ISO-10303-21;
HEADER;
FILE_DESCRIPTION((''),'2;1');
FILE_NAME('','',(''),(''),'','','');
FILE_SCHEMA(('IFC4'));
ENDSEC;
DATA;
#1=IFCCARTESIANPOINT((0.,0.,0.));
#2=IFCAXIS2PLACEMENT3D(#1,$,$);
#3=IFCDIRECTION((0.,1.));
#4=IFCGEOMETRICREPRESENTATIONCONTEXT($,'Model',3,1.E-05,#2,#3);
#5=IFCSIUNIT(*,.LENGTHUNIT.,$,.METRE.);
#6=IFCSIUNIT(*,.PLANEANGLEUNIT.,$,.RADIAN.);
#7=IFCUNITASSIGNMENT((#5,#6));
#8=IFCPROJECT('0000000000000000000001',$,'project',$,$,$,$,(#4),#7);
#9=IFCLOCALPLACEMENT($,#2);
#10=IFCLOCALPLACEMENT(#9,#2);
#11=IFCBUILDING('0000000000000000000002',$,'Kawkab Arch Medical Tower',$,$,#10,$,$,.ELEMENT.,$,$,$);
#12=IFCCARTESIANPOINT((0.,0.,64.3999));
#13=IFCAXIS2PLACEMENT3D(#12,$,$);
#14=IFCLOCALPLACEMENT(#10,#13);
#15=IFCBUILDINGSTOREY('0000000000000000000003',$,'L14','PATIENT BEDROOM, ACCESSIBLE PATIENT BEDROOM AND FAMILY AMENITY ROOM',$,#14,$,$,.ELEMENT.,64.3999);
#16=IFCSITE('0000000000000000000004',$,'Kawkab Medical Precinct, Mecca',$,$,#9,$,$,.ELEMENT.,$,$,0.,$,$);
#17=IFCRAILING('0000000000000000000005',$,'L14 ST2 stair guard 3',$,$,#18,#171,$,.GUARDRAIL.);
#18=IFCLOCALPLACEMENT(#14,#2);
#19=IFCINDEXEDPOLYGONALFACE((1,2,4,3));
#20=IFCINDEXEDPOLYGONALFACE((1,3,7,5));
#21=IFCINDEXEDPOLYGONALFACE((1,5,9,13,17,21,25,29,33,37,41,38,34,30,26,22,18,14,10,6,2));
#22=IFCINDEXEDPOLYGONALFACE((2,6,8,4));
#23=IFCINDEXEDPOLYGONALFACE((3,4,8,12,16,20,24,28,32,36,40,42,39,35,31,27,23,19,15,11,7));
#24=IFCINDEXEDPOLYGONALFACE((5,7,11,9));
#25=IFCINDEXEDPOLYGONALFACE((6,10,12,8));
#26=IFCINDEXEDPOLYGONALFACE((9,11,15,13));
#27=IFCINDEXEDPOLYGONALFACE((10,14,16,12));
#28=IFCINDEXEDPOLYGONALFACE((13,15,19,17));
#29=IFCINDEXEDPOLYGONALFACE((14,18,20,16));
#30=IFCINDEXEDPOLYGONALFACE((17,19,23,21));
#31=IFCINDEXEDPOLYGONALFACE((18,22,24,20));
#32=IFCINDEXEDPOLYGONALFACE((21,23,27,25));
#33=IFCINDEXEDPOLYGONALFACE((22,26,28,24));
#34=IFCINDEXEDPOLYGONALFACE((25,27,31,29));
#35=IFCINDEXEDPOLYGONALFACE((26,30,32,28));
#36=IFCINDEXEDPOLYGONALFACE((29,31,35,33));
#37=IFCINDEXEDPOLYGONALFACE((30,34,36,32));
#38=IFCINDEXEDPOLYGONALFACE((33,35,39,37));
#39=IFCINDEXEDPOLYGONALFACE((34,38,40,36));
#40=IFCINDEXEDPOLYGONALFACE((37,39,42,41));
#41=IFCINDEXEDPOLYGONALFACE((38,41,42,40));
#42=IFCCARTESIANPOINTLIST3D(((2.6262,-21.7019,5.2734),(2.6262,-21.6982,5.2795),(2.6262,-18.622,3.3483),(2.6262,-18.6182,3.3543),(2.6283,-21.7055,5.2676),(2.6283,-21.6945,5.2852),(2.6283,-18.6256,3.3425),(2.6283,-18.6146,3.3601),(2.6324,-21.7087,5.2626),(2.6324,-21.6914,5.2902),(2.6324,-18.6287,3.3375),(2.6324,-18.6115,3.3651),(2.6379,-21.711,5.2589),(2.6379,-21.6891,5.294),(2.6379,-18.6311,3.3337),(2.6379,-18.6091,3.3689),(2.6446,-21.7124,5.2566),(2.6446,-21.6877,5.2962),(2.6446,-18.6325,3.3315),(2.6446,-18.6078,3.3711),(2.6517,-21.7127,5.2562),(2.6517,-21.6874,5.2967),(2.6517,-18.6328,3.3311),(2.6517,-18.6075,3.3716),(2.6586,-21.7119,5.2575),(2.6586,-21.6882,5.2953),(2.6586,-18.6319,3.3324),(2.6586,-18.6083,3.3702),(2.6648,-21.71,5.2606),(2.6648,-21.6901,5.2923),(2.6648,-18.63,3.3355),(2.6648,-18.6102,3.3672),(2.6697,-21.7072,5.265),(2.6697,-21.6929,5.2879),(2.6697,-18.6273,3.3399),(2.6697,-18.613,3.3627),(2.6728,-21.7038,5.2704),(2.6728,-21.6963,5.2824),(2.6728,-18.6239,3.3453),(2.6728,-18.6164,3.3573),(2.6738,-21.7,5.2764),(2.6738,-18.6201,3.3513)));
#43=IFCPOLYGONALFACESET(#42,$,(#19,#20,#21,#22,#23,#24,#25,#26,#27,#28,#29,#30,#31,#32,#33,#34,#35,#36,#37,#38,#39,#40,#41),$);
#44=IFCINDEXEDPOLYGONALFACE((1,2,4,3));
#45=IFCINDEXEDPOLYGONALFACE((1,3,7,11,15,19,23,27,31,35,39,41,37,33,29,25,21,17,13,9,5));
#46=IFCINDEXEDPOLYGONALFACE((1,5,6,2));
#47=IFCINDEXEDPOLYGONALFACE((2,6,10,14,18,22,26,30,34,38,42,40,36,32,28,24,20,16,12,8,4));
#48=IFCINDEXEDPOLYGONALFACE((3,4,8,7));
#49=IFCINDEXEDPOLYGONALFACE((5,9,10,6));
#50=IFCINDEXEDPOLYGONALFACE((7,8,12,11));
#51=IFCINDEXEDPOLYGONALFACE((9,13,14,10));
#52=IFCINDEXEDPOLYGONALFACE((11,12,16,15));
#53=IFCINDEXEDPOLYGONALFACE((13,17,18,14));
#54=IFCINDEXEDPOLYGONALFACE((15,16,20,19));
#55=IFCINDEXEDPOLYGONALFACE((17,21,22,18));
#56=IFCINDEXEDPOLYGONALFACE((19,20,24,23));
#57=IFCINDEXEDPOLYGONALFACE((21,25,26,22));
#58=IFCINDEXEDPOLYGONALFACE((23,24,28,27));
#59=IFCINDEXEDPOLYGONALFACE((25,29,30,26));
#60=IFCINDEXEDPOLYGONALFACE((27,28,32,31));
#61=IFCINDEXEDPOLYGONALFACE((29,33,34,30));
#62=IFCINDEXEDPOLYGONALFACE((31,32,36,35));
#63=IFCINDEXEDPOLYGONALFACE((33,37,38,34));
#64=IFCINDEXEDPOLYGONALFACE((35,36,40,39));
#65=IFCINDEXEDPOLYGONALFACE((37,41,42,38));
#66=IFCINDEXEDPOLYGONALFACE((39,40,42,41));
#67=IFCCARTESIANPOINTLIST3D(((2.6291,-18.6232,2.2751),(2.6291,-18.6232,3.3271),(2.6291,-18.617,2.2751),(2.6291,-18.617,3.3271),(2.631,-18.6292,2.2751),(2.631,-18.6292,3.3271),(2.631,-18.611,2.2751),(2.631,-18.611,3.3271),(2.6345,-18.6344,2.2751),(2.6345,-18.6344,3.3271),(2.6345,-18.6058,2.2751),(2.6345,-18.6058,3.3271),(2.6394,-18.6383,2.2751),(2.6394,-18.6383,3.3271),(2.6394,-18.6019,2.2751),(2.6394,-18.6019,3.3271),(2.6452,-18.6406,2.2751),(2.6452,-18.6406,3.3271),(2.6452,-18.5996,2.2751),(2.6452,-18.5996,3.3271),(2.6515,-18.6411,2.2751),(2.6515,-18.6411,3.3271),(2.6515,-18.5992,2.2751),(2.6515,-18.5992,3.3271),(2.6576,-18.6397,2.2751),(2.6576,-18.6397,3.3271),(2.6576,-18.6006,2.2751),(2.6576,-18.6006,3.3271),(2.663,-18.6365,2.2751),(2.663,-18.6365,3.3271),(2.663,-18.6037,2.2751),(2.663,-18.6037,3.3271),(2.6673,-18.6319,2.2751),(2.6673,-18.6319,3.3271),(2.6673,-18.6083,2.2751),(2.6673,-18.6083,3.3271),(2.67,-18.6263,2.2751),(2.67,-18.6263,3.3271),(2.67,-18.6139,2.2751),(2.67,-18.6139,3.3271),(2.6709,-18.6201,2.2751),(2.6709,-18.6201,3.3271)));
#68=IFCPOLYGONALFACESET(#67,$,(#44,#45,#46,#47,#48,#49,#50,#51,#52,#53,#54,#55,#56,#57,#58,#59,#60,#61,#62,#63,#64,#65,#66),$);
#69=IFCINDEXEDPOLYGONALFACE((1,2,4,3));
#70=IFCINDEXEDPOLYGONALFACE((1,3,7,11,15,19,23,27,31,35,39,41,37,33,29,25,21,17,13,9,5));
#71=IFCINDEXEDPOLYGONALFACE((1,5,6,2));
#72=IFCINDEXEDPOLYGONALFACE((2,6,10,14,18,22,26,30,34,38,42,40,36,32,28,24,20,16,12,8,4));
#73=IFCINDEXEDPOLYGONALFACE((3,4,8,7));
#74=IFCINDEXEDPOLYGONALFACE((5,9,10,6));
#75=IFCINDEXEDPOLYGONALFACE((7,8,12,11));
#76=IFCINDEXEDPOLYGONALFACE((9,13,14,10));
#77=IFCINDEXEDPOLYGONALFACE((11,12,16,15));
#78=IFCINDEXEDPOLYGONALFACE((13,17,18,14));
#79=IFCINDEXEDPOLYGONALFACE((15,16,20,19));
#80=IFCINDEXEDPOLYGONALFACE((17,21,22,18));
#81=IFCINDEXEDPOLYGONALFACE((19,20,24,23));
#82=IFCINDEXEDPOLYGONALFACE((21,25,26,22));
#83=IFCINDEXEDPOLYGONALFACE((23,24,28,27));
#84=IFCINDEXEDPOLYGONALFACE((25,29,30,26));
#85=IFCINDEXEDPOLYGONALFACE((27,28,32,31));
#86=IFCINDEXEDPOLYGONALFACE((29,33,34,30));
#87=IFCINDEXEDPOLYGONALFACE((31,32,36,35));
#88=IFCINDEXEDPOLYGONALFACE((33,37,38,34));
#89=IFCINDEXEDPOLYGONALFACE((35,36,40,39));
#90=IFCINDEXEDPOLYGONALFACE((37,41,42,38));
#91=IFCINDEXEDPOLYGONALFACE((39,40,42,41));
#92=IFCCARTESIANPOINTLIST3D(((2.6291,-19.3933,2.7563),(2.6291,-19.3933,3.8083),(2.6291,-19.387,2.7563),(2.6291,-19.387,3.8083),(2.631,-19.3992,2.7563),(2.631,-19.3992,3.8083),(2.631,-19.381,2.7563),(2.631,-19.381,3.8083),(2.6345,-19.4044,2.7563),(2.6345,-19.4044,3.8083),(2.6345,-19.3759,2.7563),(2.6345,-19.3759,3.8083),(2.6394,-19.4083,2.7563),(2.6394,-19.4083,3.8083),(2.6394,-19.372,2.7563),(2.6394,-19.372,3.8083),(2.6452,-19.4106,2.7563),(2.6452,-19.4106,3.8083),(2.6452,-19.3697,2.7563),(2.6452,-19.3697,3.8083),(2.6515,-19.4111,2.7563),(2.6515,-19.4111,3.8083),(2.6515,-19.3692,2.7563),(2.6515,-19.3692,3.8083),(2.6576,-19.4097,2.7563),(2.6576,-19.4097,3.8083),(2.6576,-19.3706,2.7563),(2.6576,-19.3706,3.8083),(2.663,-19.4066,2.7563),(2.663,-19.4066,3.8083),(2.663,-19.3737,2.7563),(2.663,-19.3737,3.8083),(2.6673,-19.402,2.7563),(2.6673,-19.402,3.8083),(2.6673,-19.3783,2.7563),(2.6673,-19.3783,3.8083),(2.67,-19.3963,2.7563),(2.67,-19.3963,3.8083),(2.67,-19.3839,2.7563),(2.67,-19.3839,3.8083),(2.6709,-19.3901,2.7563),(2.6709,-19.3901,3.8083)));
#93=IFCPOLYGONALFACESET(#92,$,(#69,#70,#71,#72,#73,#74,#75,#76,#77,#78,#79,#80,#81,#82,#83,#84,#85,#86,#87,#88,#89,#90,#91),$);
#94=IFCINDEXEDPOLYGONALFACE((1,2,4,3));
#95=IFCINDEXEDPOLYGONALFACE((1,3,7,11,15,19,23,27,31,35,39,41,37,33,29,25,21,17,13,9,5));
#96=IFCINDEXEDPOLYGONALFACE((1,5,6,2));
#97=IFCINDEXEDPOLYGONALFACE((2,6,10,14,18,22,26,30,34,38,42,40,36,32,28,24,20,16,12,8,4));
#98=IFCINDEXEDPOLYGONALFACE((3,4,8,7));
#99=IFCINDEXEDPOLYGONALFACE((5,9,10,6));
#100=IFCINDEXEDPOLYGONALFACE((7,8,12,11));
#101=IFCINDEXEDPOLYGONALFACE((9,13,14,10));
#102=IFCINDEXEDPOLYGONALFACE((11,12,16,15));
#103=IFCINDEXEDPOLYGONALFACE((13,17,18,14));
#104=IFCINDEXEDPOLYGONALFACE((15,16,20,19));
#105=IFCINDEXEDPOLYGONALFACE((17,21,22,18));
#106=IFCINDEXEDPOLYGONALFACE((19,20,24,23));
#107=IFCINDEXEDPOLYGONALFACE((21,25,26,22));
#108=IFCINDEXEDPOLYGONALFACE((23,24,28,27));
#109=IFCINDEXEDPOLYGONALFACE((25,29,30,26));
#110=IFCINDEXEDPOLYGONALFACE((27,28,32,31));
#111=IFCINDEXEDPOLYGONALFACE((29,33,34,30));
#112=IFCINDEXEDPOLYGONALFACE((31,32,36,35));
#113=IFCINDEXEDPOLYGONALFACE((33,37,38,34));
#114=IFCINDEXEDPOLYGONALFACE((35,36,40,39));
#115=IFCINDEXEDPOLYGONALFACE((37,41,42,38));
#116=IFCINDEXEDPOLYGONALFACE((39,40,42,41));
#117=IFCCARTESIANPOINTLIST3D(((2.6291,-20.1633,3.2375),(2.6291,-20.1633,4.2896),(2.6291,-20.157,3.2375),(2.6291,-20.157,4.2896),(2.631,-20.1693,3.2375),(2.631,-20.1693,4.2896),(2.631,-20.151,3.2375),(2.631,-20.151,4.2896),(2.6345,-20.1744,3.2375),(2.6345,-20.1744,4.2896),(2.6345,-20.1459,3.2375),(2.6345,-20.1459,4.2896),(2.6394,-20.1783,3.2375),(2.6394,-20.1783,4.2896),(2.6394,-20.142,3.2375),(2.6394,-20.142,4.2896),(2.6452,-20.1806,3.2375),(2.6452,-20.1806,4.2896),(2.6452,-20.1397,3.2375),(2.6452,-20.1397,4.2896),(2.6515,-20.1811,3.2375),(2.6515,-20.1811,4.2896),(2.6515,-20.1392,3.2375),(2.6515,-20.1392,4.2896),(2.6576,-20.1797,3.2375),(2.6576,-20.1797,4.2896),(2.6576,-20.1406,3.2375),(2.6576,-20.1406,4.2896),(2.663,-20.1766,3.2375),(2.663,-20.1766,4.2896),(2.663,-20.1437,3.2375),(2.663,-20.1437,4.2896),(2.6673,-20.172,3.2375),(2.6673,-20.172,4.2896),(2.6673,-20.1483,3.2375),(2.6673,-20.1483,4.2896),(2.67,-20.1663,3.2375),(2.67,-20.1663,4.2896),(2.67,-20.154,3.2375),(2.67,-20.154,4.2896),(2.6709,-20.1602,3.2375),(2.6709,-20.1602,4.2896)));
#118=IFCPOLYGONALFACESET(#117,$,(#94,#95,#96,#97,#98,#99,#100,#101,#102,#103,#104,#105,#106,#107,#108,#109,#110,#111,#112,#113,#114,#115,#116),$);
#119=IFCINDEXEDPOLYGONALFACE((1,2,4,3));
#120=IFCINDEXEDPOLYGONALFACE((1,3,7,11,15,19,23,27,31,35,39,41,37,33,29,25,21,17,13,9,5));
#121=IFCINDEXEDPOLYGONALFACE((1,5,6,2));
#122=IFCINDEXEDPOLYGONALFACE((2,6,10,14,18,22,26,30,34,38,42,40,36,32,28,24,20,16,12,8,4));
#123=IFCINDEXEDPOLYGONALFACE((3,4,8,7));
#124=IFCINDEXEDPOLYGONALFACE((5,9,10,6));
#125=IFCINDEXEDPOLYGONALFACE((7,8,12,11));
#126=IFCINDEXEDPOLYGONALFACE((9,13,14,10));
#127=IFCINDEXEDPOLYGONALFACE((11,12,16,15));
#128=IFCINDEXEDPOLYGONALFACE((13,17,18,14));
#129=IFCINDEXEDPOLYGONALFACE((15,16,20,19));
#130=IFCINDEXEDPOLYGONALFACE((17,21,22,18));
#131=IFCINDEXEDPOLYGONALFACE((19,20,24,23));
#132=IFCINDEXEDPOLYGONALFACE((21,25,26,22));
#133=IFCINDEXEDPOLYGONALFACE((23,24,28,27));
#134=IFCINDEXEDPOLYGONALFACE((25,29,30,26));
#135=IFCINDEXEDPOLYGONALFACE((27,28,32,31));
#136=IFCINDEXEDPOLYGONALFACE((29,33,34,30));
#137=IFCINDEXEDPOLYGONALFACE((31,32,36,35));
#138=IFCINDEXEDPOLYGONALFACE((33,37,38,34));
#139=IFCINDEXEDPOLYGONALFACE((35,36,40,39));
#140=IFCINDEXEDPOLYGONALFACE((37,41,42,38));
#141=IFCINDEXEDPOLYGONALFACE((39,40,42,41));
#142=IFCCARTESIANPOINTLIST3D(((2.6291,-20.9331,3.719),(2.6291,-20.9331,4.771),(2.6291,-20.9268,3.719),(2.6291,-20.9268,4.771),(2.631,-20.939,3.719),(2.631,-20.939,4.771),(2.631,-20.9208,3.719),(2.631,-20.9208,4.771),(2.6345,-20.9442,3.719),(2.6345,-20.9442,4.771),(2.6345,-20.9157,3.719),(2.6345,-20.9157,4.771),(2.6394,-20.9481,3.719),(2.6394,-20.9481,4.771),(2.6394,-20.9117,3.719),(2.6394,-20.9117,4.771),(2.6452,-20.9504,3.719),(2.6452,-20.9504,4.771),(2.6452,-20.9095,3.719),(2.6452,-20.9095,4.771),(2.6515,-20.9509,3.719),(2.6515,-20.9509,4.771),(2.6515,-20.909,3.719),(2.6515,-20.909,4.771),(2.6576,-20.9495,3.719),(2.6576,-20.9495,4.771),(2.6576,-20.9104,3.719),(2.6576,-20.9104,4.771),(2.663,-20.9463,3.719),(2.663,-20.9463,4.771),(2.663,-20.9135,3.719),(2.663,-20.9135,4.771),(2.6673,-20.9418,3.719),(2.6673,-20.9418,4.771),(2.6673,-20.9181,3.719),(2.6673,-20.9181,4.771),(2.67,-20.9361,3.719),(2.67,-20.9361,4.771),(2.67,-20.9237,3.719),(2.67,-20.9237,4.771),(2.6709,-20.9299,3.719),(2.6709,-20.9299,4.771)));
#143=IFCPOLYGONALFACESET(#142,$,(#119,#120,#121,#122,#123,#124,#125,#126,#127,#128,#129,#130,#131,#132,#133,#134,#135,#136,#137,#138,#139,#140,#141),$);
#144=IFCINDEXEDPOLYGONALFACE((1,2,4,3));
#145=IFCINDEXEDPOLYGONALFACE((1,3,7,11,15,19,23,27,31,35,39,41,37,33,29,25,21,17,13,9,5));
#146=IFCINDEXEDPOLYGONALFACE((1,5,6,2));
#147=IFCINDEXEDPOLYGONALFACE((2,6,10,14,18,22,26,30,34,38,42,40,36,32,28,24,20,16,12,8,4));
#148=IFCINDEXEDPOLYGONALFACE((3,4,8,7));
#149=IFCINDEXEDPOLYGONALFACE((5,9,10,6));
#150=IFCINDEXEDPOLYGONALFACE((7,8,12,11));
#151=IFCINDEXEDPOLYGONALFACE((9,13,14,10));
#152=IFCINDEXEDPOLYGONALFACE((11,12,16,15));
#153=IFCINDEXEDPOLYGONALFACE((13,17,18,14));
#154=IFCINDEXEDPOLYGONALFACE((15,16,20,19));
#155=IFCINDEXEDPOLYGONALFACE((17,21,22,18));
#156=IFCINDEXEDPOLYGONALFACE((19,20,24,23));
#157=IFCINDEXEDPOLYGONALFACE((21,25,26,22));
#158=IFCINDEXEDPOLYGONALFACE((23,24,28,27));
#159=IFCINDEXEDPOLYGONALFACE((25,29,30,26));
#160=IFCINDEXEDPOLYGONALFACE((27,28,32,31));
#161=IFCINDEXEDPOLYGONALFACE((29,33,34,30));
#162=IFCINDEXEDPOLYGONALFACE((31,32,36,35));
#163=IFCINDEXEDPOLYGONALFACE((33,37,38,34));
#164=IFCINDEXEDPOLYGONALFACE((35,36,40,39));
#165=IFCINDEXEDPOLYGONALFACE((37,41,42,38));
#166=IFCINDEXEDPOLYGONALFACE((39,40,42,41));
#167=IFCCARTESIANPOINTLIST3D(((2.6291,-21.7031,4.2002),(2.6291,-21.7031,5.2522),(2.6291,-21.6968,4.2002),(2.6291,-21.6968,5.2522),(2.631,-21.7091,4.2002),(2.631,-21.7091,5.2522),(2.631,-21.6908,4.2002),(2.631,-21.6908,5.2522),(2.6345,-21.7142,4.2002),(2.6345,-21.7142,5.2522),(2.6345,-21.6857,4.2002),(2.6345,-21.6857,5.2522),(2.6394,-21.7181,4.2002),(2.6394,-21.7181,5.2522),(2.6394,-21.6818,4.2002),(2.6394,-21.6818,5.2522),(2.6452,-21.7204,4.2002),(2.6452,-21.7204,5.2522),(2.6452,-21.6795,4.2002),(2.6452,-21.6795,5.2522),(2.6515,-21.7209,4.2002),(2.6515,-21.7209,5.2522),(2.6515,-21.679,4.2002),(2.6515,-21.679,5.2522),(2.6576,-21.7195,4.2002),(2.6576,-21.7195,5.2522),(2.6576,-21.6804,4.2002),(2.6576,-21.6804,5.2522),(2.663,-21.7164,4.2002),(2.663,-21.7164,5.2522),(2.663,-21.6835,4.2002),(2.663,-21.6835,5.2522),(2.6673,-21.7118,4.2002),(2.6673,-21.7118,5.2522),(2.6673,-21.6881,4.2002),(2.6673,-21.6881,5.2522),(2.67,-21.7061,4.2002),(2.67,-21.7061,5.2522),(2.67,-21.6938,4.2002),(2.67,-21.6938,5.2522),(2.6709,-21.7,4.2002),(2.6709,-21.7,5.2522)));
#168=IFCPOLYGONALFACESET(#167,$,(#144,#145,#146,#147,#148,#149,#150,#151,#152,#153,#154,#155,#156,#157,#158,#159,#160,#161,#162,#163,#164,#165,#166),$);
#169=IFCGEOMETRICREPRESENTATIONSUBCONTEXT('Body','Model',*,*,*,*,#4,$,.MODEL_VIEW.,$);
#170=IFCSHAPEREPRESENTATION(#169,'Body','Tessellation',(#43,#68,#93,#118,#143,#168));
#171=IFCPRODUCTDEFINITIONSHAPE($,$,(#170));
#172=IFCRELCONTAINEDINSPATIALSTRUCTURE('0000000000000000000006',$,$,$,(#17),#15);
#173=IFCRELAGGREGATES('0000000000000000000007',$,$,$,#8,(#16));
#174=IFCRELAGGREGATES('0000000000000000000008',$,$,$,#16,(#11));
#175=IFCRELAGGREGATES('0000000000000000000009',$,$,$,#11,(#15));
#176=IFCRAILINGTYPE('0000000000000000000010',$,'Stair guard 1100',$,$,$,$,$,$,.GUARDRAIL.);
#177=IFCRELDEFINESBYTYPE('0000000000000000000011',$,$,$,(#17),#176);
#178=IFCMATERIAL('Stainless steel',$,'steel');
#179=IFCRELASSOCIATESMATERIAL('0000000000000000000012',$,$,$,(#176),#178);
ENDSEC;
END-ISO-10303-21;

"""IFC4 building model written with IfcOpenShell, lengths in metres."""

from ifc_helpers import new_model, si_unit, direction, frame, origin, origin_2d, place, context, subcontext, project, spatial, circle, extrude, material, type_object, element, save


model = new_model("IFC4")

# Units and contexts
model_context = context("Model", 3, precision=1e-05, world=origin(), true_north=direction((0.0, 1.0)))
body_context = subcontext(model_context, "Body", "Model", "MODEL_VIEW")
ifc_project = project(units=[si_unit("LENGTHUNIT", "METRE"), si_unit("PLANEANGLEUNIT", "RADIAN")], contexts=[model_context])

# Site, building, storey
site_placement = place(None, origin())
site = spatial("IfcSite", under=ifc_project, at=site_placement, Name="Kawkab Medical Precinct, Mecca", CompositionType="ELEMENT", RefElevation=0.0)
building_placement = place(site_placement, origin())
building = spatial("IfcBuilding", under=site, at=building_placement, Name="Kawkab Arch Medical Tower", CompositionType="ELEMENT")
storey_placement = place(building_placement, frame((0.0, 0.0, 64.3999)))
storey = spatial("IfcBuildingStorey", under=building, at=storey_placement, Name="L14", Description="PATIENT BEDROOM, ACCESSIBLE PATIENT BEDROOM AND FAMILY AMENITY ROOM", CompositionType="ELEMENT", Elevation=64.3999)

# Railing
ifc_material_1 = material(Name="Stainless steel", Category="steel")
railing_type_1 = type_object("IfcRailingType", Name="Stair guard 1100", PredefinedType="GUARDRAIL", material=ifc_material_1)
railing_1_placement = place(storey_placement, frame((2.6499, -18.6201, 2.2751)))
element("IfcRailing", 1, at=railing_1_placement, inside=storey, type_object=railing_type_1, Name="L14 ST2 stair guard 3", PredefinedType="GUARDRAIL", context=body_context, shape_type="SweptSolid", body=[
    extrude(circle(Radius=0.0239, at=origin_2d()), frame((0.0, 0.0, 1.0762), z_axis=(0.0, -0.847979, 0.530029), x_axis=(1.0, 0.0, 0.0)), (0.0, 0.0, 1.0), 3.6321),
    extrude(circle(Radius=0.021, at=origin_2d()), origin(), (0.0, 0.0, 1.0), 1.052),
    extrude(circle(Radius=0.021, at=origin_2d()), frame((0.0, -0.77, 0.4812)), (0.0, 0.0, 1.0), 1.052),
    extrude(circle(Radius=0.021, at=origin_2d()), frame((0.0, -1.54, 0.9624)), (0.0, 0.0, 1.0), 1.052),
    extrude(circle(Radius=0.021, at=origin_2d()), frame((0.0, -2.3098, 1.4438)), (0.0, 0.0, 1.0), 1.052),
    extrude(circle(Radius=0.021, at=origin_2d()), frame((0.0, -3.0798, 1.925)), (0.0, 0.0, 1.0), 1.052),
])

save(model, "model.ifc")
